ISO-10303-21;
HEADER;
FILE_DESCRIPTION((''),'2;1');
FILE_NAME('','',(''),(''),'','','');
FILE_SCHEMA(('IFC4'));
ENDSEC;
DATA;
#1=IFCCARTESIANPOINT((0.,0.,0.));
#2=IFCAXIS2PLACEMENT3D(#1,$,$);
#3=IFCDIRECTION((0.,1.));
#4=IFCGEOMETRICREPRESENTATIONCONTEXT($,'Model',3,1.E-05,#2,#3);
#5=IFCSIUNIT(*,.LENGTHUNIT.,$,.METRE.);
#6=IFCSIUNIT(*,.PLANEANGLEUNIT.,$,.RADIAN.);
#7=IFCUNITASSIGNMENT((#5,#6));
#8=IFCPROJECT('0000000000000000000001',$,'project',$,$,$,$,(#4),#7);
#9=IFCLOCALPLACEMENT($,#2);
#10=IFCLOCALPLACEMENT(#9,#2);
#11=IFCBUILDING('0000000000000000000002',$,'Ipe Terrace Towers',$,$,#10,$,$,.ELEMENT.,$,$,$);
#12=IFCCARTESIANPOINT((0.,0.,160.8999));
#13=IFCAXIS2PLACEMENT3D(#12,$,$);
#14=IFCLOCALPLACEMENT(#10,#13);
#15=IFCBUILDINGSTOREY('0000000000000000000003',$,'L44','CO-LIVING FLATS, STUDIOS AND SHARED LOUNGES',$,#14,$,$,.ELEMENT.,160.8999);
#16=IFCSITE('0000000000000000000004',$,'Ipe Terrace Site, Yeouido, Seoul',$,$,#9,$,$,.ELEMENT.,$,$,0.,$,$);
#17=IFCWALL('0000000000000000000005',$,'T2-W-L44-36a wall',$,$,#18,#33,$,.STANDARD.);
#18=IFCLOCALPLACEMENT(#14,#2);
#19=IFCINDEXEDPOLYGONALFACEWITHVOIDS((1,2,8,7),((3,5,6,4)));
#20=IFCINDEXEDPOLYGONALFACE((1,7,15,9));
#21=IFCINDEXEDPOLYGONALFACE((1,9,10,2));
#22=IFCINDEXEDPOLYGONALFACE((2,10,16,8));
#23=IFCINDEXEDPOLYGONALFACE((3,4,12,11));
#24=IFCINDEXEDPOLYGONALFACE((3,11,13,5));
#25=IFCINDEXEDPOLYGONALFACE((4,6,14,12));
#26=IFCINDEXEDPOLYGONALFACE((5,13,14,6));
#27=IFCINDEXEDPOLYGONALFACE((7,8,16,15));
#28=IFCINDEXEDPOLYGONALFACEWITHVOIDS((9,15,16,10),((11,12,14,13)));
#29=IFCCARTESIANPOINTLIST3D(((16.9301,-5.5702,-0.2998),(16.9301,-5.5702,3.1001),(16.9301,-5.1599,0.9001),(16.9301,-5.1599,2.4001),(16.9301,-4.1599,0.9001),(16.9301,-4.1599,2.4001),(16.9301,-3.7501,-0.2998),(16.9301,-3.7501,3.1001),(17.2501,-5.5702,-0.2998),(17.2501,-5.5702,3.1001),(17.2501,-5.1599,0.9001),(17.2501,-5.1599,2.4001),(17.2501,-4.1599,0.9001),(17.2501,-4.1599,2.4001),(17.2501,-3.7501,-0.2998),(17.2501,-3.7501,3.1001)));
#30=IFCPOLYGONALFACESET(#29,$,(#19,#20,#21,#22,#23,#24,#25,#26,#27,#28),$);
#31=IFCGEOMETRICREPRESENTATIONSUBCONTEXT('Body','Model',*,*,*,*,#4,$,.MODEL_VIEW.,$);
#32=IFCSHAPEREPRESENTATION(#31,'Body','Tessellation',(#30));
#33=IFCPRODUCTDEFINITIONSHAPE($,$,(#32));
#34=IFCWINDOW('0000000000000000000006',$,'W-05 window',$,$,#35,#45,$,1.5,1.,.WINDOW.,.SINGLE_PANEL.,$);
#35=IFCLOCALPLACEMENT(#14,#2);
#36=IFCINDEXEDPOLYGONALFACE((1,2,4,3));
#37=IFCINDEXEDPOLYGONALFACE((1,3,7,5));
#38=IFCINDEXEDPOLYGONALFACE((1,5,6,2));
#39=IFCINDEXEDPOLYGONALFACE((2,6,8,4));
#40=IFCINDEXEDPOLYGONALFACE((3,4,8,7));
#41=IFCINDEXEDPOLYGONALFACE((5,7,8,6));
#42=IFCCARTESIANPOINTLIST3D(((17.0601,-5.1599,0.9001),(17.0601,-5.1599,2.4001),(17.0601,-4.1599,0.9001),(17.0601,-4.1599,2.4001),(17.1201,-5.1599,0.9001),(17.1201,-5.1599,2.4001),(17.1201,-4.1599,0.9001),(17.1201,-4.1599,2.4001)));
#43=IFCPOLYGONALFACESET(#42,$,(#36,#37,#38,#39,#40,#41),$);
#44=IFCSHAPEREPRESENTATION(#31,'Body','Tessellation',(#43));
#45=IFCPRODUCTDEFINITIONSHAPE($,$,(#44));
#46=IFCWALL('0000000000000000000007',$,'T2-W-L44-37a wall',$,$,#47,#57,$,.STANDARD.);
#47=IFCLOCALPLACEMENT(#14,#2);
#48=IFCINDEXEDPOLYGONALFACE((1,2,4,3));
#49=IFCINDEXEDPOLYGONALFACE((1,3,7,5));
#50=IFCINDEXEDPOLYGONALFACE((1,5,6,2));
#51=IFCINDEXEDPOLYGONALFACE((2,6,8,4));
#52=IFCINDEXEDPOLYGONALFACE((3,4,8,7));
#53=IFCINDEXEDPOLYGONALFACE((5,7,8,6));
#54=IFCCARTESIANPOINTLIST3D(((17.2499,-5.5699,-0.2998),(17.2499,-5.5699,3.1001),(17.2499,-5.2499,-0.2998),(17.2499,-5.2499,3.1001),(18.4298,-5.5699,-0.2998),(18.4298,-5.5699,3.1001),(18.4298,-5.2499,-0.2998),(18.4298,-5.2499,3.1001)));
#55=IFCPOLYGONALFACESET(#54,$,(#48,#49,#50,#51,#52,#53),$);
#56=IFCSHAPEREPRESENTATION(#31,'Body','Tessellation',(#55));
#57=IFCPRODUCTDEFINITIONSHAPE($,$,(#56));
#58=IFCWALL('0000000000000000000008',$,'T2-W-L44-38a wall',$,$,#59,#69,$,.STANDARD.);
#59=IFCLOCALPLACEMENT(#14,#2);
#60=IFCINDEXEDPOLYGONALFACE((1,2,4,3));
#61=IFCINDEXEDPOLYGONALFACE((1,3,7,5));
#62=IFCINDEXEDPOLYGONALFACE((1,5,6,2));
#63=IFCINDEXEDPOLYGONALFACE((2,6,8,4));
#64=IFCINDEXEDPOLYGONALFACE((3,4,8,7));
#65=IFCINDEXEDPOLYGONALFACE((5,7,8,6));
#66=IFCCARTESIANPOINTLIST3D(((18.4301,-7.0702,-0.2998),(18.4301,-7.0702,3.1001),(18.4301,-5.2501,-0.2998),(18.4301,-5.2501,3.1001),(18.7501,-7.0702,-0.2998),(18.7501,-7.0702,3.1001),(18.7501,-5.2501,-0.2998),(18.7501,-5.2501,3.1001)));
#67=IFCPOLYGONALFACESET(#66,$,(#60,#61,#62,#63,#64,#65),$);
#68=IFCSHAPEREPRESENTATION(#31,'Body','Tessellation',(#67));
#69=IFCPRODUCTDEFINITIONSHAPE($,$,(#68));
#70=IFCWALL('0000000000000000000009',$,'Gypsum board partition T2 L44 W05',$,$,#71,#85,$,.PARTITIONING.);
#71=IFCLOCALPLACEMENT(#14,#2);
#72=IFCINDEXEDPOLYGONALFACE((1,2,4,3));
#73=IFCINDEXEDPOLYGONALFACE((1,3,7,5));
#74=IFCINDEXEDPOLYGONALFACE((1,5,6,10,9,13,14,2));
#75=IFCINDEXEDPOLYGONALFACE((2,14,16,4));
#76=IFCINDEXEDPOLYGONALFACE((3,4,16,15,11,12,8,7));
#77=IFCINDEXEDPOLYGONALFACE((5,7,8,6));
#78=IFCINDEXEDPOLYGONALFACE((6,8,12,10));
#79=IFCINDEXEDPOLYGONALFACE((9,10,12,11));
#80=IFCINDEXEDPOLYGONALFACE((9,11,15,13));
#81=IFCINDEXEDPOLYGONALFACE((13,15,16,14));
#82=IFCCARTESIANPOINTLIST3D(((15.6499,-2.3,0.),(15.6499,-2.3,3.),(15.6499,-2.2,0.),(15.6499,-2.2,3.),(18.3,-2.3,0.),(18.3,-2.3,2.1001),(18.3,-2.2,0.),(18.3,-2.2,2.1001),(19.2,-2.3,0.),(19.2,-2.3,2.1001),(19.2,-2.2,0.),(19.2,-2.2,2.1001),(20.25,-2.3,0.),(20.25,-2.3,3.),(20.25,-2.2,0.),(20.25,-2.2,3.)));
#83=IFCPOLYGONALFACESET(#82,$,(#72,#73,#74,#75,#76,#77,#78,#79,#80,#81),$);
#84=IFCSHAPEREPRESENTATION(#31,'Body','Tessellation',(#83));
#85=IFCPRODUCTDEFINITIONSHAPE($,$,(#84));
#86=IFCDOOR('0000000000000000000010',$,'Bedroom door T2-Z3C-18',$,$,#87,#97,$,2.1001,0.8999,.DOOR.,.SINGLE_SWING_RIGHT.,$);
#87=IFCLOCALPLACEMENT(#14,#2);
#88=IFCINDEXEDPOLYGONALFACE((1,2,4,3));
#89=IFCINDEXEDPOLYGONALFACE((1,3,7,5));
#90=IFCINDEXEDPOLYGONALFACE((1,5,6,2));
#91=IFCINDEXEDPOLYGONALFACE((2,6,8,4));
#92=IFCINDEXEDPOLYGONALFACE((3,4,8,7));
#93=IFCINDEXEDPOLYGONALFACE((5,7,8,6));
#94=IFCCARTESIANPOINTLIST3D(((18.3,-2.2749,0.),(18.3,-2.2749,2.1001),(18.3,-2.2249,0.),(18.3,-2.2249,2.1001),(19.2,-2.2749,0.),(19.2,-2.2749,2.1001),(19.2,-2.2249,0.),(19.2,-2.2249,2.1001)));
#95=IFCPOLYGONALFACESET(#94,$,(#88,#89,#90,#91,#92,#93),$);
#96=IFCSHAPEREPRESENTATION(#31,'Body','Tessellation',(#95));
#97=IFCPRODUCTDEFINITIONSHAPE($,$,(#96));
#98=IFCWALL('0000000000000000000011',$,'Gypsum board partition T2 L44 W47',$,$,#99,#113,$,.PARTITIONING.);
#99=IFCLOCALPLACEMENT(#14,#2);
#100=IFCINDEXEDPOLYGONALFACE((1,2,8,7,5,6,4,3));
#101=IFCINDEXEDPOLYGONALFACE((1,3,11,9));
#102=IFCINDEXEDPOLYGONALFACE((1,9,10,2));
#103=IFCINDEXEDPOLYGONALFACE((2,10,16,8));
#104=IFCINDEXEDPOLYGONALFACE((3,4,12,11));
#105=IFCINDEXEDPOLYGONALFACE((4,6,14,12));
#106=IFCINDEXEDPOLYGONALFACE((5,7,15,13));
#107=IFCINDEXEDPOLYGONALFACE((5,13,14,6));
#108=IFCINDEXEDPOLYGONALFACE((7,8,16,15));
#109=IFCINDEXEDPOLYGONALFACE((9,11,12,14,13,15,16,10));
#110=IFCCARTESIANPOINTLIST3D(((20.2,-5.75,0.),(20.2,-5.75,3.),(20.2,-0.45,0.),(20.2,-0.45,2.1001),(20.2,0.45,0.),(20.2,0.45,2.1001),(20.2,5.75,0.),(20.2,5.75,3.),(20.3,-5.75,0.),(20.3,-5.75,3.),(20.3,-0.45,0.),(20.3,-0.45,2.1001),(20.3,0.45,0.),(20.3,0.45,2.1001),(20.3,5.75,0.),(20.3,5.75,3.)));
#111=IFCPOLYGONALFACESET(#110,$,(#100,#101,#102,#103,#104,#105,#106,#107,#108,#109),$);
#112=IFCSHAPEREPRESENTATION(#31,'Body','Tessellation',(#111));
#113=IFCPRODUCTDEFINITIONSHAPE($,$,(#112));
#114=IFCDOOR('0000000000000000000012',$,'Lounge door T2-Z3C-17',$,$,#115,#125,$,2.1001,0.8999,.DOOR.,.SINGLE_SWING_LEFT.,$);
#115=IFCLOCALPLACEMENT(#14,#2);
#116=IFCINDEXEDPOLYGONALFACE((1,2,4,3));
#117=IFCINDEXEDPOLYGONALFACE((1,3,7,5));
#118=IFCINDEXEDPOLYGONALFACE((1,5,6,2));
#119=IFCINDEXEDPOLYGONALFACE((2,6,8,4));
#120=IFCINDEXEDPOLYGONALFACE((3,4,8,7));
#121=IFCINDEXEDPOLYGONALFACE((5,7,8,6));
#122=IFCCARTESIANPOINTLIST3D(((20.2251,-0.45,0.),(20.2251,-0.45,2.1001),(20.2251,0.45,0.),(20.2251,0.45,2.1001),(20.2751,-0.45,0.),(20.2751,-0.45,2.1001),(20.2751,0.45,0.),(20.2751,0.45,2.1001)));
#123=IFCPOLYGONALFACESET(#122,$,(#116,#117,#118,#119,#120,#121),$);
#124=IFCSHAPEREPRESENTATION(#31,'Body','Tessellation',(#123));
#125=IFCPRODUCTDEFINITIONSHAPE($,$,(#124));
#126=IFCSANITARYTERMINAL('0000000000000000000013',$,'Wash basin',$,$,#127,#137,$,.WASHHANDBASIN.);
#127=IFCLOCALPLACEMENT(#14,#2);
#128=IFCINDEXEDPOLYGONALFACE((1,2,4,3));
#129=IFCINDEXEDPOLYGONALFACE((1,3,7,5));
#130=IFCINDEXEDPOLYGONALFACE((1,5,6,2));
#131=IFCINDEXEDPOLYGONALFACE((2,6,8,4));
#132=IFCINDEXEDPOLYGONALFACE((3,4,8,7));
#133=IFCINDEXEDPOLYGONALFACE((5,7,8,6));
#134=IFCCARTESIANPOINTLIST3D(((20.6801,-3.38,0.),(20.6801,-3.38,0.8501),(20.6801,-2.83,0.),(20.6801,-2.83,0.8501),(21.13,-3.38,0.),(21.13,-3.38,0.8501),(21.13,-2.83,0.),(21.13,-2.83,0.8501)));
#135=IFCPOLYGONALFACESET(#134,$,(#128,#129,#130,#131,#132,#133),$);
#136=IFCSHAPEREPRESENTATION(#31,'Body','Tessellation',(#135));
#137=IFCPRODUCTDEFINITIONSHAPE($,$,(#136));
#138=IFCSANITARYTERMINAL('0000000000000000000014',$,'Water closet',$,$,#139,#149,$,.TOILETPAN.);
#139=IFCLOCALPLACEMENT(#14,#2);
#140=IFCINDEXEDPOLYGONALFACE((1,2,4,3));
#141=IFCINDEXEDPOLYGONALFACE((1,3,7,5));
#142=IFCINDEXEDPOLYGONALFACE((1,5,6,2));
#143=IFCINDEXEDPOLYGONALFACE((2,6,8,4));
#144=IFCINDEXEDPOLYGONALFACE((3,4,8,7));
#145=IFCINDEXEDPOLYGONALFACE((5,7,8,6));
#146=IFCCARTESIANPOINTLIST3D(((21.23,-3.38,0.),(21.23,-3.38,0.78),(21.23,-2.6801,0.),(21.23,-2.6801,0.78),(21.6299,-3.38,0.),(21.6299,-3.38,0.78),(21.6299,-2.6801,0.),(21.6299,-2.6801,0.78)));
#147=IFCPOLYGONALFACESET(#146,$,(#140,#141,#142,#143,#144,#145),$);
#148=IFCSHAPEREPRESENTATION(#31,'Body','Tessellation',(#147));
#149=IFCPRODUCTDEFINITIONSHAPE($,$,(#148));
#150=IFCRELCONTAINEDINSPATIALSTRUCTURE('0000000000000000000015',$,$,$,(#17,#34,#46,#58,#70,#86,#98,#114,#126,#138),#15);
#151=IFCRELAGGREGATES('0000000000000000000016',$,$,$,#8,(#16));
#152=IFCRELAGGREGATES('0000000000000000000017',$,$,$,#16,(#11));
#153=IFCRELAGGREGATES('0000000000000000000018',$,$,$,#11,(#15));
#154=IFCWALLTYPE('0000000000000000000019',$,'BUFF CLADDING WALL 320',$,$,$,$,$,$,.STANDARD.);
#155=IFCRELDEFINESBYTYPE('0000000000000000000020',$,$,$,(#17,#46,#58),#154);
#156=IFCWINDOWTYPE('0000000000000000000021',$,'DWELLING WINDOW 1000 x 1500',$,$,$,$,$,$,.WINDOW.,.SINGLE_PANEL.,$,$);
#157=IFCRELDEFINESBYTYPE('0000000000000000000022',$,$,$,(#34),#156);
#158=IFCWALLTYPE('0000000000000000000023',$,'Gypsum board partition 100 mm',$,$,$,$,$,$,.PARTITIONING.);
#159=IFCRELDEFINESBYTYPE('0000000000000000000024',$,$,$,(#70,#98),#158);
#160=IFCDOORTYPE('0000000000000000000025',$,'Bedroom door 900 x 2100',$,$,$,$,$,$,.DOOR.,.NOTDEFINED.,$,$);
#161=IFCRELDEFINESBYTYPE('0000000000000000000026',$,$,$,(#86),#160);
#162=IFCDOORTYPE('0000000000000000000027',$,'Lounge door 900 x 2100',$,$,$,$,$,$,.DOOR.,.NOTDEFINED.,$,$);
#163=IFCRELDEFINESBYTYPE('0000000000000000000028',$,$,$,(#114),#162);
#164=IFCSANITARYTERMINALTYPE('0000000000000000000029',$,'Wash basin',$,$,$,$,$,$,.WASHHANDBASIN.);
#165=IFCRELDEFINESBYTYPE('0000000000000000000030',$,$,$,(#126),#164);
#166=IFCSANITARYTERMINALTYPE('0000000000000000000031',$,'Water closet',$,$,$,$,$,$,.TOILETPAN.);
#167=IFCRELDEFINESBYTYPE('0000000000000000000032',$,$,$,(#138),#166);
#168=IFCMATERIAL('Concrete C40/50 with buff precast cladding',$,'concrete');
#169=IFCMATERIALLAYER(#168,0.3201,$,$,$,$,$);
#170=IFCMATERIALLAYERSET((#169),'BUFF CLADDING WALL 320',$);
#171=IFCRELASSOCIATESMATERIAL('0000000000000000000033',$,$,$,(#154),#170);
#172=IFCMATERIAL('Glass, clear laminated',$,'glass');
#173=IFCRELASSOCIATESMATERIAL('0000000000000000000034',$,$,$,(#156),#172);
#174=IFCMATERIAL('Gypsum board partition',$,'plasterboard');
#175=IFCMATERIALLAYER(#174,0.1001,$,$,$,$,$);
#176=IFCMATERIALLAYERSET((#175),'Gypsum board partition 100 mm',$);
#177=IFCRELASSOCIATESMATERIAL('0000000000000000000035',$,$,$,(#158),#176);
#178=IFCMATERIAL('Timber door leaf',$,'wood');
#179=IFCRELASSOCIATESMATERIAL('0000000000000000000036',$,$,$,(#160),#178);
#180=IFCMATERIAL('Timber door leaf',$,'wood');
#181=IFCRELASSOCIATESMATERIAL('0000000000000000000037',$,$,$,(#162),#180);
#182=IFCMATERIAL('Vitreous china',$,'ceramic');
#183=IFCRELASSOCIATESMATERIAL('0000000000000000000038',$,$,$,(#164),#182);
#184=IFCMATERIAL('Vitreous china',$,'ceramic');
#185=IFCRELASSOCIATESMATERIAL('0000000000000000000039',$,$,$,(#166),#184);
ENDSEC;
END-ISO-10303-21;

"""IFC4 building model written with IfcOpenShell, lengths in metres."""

from ifc_helpers import new_model, si_unit, direction, frame, frame_2d, origin, origin_2d, place, context, subcontext, project, spatial, rectangle, extrude, material, layer, layer_set, type_object, element, fill, save


model = new_model("IFC4")

# Units and contexts
model_context = context("Model", 3, precision=1e-05, world=origin(), true_north=direction((0.0, 1.0)))
body_context = subcontext(model_context, "Body", "Model", "MODEL_VIEW")
ifc_project = project(units=[si_unit("LENGTHUNIT", "METRE"), si_unit("PLANEANGLEUNIT", "RADIAN")], contexts=[model_context])

# Site, building, storey
site_placement = place(None, origin())
site = spatial("IfcSite", under=ifc_project, at=site_placement, Name="Ipe Terrace Site, Yeouido, Seoul", CompositionType="ELEMENT", RefElevation=0.0)
building_placement = place(site_placement, origin())
building = spatial("IfcBuilding", under=site, at=building_placement, Name="Ipe Terrace Towers", CompositionType="ELEMENT")
storey_placement = place(building_placement, frame((0.0, 0.0, 160.8999)))
storey = spatial("IfcBuildingStorey", under=building, at=storey_placement, Name="L44", Description="CO-LIVING FLATS, STUDIOS AND SHARED LOUNGES", CompositionType="ELEMENT", Elevation=160.8999)

# Shared definitions
ifc_material_1 = material(Name="Concrete C40/50 with buff precast cladding", Category="concrete")
ifc_layer_1 = layer(ifc_material_1, 0.3201)
ifc_layer_set_1 = layer_set([ifc_layer_1], Name="BUFF CLADDING WALL 320")
wall_type_1 = type_object("IfcWallType", Name="BUFF CLADDING WALL 320", PredefinedType="STANDARD", material=ifc_layer_set_1)

# Wall, opening, window
wall_1_placement = place(storey_placement, frame((17.0901, -3.75, -0.2998), z_axis=(0.0, 0.0, 1.0), x_axis=(0.0, -1.0, 0.0)))
wall_1 = element("IfcWall", 1, at=wall_1_placement, inside=storey, type_object=wall_type_1, Name="T2-W-L44-36a wall", PredefinedType="STANDARD", context=body_context, shape_type="SweptSolid", body=[
    extrude(rectangle(XDim=1.8201, YDim=0.3201, at=frame_2d((0.9102, 0.0))), origin(), (0.0, 0.0, 1.0), 3.3999),
])
opening_1_placement = place(wall_1_placement, frame((0.4099, 0.0, 1.2)))
opening_1 = element("IfcOpeningElement", 2, at=opening_1_placement, cuts=wall_1, PredefinedType="OPENING", context=body_context, shape_type="SweptSolid", body=[
    extrude(rectangle(XDim=1.0, YDim=1.5, at=frame_2d((0.5, 0.75))), frame((0.0, 0.1699, 0.0), z_axis=(0.0, -1.0, 0.0), x_axis=(1.0, 0.0, 0.0)), (0.0, 0.0, 1.0), 0.3401),
])
ifc_material_2 = material(Name="Glass, clear laminated", Category="glass")
window_type = type_object("IfcWindowType", Name="DWELLING WINDOW 1000 x 1500", PartitioningType="SINGLE_PANEL", PredefinedType="WINDOW", material=ifc_material_2)
window_placement = place(opening_1_placement, origin())
window = element("IfcWindow", 3, at=window_placement, inside=storey, type_object=window_type, Name="W-05 window", OverallHeight=1.5, OverallWidth=1.0, PartitioningType="SINGLE_PANEL", PredefinedType="WINDOW", context=body_context, shape_type="SweptSolid", body=[
    extrude(rectangle(XDim=1.0, YDim=1.5, at=frame_2d((0.5, 0.75))), frame((0.0, 0.03, 0.0), z_axis=(0.0, -1.0, 0.0), x_axis=(1.0, 0.0, 0.0)), (0.0, 0.0, 1.0), 0.0601),
])
fill(opening_1, window)

# Walls
wall_2_placement = place(storey_placement, frame((17.25, -5.4099, -0.2998), z_axis=(0.0, 0.0, 1.0), x_axis=(1.0, 0.0, 0.0)))
element("IfcWall", 4, at=wall_2_placement, inside=storey, type_object=wall_type_1, Name="T2-W-L44-37a wall", PredefinedType="STANDARD", context=body_context, shape_type="SweptSolid", body=[
    extrude(rectangle(XDim=1.1799, YDim=0.3201, at=frame_2d((0.5898, 0.0))), origin(), (0.0, 0.0, 1.0), 3.3999),
])
wall_3_placement = place(storey_placement, frame((18.5901, -5.25, -0.2998), z_axis=(0.0, 0.0, 1.0), x_axis=(0.0, -1.0, 0.0)))
element("IfcWall", 5, at=wall_3_placement, inside=storey, type_object=wall_type_1, Name="T2-W-L44-38a wall", PredefinedType="STANDARD", context=body_context, shape_type="SweptSolid", body=[
    extrude(rectangle(XDim=1.8201, YDim=0.3201, at=frame_2d((0.9102, 0.0))), origin(), (0.0, 0.0, 1.0), 3.3999),
])

# Walls, openings, doors
ifc_material_3 = material(Name="Gypsum board partition", Category="plasterboard")
ifc_layer_2 = layer(ifc_material_3, 0.1001)
ifc_layer_set_2 = layer_set([ifc_layer_2], Name="Gypsum board partition 100 mm")
wall_type_2 = type_object("IfcWallType", Name="Gypsum board partition 100 mm", PredefinedType="PARTITIONING", material=ifc_layer_set_2)
wall_4_placement = place(storey_placement, frame((20.25, -2.25, 0.0), z_axis=(0.0, 0.0, 1.0), x_axis=(-1.0, 0.0, 0.0)))
wall_4 = element("IfcWall", 6, at=wall_4_placement, inside=storey, type_object=wall_type_2, Name="Gypsum board partition T2 L44 W05", PredefinedType="PARTITIONING", context=body_context, shape_type="SweptSolid", body=[
    extrude(rectangle(XDim=4.6001, YDim=0.1001, at=frame_2d((2.3, 0.0))), origin(), (0.0, 0.0, 1.0), 3.0),
])
opening_2_placement = place(wall_4_placement, frame((1.05, 0.0, 0.0)))
opening_2 = element("IfcOpeningElement", 7, at=opening_2_placement, cuts=wall_4, PredefinedType="OPENING", context=body_context, shape_type="SweptSolid", body=[
    extrude(rectangle(XDim=0.8999, YDim=2.1001, at=frame_2d((0.45, 1.05))), frame((0.0, 0.0601, 0.0), z_axis=(0.0, -1.0, 0.0), x_axis=(1.0, 0.0, 0.0)), (0.0, 0.0, 1.0), 0.1201),
])
ifc_material_4 = material(Name="Timber door leaf", Category="wood")
door_type_1 = type_object("IfcDoorType", Name="Bedroom door 900 x 2100", OperationType="NOTDEFINED", PredefinedType="DOOR", material=ifc_material_4)
door_1_placement = place(opening_2_placement, origin())
door_1 = element("IfcDoor", 8, at=door_1_placement, inside=storey, type_object=door_type_1, Name="Bedroom door T2-Z3C-18", OperationType="SINGLE_SWING_RIGHT", OverallHeight=2.1001, OverallWidth=0.8999, PredefinedType="DOOR", context=body_context, shape_type="SweptSolid", body=[
    extrude(rectangle(XDim=0.8999, YDim=2.1001, at=frame_2d((0.45, 1.05))), frame((0.0, 0.0249, 0.0), z_axis=(0.0, -1.0, 0.0), x_axis=(1.0, 0.0, 0.0)), (0.0, 0.0, 1.0), 0.05),
])
fill(opening_2, door_1)
wall_5_placement = place(storey_placement, frame((20.25, -5.75, 0.0), z_axis=(0.0, 0.0, 1.0), x_axis=(0.0, 1.0, 0.0)))
wall_5 = element("IfcWall", 9, at=wall_5_placement, inside=storey, type_object=wall_type_2, Name="Gypsum board partition T2 L44 W47", PredefinedType="PARTITIONING", context=body_context, shape_type="SweptSolid", body=[
    extrude(rectangle(XDim=11.5, YDim=0.1001, at=frame_2d((5.75, 0.0))), origin(), (0.0, 0.0, 1.0), 3.0),
])
opening_3_placement = place(wall_5_placement, frame((5.3, 0.0, 0.0)))
opening_3 = element("IfcOpeningElement", 10, at=opening_3_placement, cuts=wall_5, PredefinedType="OPENING", context=body_context, shape_type="SweptSolid", body=[
    extrude(rectangle(XDim=0.8999, YDim=2.1001, at=frame_2d((0.45, 1.05))), frame((0.0, 0.0601, 0.0), z_axis=(0.0, -1.0, 0.0), x_axis=(1.0, 0.0, 0.0)), (0.0, 0.0, 1.0), 0.1201),
])
ifc_material_5 = material(Name="Timber door leaf", Category="wood")
door_type_2 = type_object("IfcDoorType", Name="Lounge door 900 x 2100", OperationType="NOTDEFINED", PredefinedType="DOOR", material=ifc_material_5)
door_2_placement = place(opening_3_placement, origin())
door_2 = element("IfcDoor", 11, at=door_2_placement, inside=storey, type_object=door_type_2, Name="Lounge door T2-Z3C-17", OperationType="SINGLE_SWING_LEFT", OverallHeight=2.1001, OverallWidth=0.8999, PredefinedType="DOOR", context=body_context, shape_type="SweptSolid", body=[
    extrude(rectangle(XDim=0.8999, YDim=2.1001, at=frame_2d((0.45, 1.05))), frame((0.0, 0.0249, 0.0), z_axis=(0.0, -1.0, 0.0), x_axis=(1.0, 0.0, 0.0)), (0.0, 0.0, 1.0), 0.05),
])
fill(opening_3, door_2)

# Sanitary terminals
ifc_material_6 = material(Name="Vitreous china", Category="ceramic")
sanitary_terminal_type_1 = type_object("IfcSanitaryTerminalType", Name="Wash basin", PredefinedType="WASHHANDBASIN", material=ifc_material_6)
sanitary_terminal_1_placement = place(storey_placement, frame((20.905, -3.105, 0.0), z_axis=(0.0, 0.0, 1.0), x_axis=(0.0, 1.0, 0.0)))
element("IfcSanitaryTerminal", 12, at=sanitary_terminal_1_placement, inside=storey, type_object=sanitary_terminal_type_1, Name="Wash basin", PredefinedType="WASHHANDBASIN", context=body_context, shape_type="SweptSolid", body=[
    extrude(rectangle(XDim=0.55, YDim=0.45, at=origin_2d()), origin(), (0.0, 0.0, 1.0), 0.8501),
])
ifc_material_7 = material(Name="Vitreous china", Category="ceramic")
sanitary_terminal_type_2 = type_object("IfcSanitaryTerminalType", Name="Water closet", PredefinedType="TOILETPAN", material=ifc_material_7)
sanitary_terminal_2_placement = place(storey_placement, frame((21.4299, -3.03, 0.0), z_axis=(0.0, 0.0, 1.0), x_axis=(0.0, 1.0, 0.0)))
element("IfcSanitaryTerminal", 13, at=sanitary_terminal_2_placement, inside=storey, type_object=sanitary_terminal_type_2, Name="Water closet", PredefinedType="TOILETPAN", context=body_context, shape_type="SweptSolid", body=[
    extrude(rectangle(XDim=0.7, YDim=0.3999, at=origin_2d()), origin(), (0.0, 0.0, 1.0), 0.78),
])

save(model, "model.ifc")
